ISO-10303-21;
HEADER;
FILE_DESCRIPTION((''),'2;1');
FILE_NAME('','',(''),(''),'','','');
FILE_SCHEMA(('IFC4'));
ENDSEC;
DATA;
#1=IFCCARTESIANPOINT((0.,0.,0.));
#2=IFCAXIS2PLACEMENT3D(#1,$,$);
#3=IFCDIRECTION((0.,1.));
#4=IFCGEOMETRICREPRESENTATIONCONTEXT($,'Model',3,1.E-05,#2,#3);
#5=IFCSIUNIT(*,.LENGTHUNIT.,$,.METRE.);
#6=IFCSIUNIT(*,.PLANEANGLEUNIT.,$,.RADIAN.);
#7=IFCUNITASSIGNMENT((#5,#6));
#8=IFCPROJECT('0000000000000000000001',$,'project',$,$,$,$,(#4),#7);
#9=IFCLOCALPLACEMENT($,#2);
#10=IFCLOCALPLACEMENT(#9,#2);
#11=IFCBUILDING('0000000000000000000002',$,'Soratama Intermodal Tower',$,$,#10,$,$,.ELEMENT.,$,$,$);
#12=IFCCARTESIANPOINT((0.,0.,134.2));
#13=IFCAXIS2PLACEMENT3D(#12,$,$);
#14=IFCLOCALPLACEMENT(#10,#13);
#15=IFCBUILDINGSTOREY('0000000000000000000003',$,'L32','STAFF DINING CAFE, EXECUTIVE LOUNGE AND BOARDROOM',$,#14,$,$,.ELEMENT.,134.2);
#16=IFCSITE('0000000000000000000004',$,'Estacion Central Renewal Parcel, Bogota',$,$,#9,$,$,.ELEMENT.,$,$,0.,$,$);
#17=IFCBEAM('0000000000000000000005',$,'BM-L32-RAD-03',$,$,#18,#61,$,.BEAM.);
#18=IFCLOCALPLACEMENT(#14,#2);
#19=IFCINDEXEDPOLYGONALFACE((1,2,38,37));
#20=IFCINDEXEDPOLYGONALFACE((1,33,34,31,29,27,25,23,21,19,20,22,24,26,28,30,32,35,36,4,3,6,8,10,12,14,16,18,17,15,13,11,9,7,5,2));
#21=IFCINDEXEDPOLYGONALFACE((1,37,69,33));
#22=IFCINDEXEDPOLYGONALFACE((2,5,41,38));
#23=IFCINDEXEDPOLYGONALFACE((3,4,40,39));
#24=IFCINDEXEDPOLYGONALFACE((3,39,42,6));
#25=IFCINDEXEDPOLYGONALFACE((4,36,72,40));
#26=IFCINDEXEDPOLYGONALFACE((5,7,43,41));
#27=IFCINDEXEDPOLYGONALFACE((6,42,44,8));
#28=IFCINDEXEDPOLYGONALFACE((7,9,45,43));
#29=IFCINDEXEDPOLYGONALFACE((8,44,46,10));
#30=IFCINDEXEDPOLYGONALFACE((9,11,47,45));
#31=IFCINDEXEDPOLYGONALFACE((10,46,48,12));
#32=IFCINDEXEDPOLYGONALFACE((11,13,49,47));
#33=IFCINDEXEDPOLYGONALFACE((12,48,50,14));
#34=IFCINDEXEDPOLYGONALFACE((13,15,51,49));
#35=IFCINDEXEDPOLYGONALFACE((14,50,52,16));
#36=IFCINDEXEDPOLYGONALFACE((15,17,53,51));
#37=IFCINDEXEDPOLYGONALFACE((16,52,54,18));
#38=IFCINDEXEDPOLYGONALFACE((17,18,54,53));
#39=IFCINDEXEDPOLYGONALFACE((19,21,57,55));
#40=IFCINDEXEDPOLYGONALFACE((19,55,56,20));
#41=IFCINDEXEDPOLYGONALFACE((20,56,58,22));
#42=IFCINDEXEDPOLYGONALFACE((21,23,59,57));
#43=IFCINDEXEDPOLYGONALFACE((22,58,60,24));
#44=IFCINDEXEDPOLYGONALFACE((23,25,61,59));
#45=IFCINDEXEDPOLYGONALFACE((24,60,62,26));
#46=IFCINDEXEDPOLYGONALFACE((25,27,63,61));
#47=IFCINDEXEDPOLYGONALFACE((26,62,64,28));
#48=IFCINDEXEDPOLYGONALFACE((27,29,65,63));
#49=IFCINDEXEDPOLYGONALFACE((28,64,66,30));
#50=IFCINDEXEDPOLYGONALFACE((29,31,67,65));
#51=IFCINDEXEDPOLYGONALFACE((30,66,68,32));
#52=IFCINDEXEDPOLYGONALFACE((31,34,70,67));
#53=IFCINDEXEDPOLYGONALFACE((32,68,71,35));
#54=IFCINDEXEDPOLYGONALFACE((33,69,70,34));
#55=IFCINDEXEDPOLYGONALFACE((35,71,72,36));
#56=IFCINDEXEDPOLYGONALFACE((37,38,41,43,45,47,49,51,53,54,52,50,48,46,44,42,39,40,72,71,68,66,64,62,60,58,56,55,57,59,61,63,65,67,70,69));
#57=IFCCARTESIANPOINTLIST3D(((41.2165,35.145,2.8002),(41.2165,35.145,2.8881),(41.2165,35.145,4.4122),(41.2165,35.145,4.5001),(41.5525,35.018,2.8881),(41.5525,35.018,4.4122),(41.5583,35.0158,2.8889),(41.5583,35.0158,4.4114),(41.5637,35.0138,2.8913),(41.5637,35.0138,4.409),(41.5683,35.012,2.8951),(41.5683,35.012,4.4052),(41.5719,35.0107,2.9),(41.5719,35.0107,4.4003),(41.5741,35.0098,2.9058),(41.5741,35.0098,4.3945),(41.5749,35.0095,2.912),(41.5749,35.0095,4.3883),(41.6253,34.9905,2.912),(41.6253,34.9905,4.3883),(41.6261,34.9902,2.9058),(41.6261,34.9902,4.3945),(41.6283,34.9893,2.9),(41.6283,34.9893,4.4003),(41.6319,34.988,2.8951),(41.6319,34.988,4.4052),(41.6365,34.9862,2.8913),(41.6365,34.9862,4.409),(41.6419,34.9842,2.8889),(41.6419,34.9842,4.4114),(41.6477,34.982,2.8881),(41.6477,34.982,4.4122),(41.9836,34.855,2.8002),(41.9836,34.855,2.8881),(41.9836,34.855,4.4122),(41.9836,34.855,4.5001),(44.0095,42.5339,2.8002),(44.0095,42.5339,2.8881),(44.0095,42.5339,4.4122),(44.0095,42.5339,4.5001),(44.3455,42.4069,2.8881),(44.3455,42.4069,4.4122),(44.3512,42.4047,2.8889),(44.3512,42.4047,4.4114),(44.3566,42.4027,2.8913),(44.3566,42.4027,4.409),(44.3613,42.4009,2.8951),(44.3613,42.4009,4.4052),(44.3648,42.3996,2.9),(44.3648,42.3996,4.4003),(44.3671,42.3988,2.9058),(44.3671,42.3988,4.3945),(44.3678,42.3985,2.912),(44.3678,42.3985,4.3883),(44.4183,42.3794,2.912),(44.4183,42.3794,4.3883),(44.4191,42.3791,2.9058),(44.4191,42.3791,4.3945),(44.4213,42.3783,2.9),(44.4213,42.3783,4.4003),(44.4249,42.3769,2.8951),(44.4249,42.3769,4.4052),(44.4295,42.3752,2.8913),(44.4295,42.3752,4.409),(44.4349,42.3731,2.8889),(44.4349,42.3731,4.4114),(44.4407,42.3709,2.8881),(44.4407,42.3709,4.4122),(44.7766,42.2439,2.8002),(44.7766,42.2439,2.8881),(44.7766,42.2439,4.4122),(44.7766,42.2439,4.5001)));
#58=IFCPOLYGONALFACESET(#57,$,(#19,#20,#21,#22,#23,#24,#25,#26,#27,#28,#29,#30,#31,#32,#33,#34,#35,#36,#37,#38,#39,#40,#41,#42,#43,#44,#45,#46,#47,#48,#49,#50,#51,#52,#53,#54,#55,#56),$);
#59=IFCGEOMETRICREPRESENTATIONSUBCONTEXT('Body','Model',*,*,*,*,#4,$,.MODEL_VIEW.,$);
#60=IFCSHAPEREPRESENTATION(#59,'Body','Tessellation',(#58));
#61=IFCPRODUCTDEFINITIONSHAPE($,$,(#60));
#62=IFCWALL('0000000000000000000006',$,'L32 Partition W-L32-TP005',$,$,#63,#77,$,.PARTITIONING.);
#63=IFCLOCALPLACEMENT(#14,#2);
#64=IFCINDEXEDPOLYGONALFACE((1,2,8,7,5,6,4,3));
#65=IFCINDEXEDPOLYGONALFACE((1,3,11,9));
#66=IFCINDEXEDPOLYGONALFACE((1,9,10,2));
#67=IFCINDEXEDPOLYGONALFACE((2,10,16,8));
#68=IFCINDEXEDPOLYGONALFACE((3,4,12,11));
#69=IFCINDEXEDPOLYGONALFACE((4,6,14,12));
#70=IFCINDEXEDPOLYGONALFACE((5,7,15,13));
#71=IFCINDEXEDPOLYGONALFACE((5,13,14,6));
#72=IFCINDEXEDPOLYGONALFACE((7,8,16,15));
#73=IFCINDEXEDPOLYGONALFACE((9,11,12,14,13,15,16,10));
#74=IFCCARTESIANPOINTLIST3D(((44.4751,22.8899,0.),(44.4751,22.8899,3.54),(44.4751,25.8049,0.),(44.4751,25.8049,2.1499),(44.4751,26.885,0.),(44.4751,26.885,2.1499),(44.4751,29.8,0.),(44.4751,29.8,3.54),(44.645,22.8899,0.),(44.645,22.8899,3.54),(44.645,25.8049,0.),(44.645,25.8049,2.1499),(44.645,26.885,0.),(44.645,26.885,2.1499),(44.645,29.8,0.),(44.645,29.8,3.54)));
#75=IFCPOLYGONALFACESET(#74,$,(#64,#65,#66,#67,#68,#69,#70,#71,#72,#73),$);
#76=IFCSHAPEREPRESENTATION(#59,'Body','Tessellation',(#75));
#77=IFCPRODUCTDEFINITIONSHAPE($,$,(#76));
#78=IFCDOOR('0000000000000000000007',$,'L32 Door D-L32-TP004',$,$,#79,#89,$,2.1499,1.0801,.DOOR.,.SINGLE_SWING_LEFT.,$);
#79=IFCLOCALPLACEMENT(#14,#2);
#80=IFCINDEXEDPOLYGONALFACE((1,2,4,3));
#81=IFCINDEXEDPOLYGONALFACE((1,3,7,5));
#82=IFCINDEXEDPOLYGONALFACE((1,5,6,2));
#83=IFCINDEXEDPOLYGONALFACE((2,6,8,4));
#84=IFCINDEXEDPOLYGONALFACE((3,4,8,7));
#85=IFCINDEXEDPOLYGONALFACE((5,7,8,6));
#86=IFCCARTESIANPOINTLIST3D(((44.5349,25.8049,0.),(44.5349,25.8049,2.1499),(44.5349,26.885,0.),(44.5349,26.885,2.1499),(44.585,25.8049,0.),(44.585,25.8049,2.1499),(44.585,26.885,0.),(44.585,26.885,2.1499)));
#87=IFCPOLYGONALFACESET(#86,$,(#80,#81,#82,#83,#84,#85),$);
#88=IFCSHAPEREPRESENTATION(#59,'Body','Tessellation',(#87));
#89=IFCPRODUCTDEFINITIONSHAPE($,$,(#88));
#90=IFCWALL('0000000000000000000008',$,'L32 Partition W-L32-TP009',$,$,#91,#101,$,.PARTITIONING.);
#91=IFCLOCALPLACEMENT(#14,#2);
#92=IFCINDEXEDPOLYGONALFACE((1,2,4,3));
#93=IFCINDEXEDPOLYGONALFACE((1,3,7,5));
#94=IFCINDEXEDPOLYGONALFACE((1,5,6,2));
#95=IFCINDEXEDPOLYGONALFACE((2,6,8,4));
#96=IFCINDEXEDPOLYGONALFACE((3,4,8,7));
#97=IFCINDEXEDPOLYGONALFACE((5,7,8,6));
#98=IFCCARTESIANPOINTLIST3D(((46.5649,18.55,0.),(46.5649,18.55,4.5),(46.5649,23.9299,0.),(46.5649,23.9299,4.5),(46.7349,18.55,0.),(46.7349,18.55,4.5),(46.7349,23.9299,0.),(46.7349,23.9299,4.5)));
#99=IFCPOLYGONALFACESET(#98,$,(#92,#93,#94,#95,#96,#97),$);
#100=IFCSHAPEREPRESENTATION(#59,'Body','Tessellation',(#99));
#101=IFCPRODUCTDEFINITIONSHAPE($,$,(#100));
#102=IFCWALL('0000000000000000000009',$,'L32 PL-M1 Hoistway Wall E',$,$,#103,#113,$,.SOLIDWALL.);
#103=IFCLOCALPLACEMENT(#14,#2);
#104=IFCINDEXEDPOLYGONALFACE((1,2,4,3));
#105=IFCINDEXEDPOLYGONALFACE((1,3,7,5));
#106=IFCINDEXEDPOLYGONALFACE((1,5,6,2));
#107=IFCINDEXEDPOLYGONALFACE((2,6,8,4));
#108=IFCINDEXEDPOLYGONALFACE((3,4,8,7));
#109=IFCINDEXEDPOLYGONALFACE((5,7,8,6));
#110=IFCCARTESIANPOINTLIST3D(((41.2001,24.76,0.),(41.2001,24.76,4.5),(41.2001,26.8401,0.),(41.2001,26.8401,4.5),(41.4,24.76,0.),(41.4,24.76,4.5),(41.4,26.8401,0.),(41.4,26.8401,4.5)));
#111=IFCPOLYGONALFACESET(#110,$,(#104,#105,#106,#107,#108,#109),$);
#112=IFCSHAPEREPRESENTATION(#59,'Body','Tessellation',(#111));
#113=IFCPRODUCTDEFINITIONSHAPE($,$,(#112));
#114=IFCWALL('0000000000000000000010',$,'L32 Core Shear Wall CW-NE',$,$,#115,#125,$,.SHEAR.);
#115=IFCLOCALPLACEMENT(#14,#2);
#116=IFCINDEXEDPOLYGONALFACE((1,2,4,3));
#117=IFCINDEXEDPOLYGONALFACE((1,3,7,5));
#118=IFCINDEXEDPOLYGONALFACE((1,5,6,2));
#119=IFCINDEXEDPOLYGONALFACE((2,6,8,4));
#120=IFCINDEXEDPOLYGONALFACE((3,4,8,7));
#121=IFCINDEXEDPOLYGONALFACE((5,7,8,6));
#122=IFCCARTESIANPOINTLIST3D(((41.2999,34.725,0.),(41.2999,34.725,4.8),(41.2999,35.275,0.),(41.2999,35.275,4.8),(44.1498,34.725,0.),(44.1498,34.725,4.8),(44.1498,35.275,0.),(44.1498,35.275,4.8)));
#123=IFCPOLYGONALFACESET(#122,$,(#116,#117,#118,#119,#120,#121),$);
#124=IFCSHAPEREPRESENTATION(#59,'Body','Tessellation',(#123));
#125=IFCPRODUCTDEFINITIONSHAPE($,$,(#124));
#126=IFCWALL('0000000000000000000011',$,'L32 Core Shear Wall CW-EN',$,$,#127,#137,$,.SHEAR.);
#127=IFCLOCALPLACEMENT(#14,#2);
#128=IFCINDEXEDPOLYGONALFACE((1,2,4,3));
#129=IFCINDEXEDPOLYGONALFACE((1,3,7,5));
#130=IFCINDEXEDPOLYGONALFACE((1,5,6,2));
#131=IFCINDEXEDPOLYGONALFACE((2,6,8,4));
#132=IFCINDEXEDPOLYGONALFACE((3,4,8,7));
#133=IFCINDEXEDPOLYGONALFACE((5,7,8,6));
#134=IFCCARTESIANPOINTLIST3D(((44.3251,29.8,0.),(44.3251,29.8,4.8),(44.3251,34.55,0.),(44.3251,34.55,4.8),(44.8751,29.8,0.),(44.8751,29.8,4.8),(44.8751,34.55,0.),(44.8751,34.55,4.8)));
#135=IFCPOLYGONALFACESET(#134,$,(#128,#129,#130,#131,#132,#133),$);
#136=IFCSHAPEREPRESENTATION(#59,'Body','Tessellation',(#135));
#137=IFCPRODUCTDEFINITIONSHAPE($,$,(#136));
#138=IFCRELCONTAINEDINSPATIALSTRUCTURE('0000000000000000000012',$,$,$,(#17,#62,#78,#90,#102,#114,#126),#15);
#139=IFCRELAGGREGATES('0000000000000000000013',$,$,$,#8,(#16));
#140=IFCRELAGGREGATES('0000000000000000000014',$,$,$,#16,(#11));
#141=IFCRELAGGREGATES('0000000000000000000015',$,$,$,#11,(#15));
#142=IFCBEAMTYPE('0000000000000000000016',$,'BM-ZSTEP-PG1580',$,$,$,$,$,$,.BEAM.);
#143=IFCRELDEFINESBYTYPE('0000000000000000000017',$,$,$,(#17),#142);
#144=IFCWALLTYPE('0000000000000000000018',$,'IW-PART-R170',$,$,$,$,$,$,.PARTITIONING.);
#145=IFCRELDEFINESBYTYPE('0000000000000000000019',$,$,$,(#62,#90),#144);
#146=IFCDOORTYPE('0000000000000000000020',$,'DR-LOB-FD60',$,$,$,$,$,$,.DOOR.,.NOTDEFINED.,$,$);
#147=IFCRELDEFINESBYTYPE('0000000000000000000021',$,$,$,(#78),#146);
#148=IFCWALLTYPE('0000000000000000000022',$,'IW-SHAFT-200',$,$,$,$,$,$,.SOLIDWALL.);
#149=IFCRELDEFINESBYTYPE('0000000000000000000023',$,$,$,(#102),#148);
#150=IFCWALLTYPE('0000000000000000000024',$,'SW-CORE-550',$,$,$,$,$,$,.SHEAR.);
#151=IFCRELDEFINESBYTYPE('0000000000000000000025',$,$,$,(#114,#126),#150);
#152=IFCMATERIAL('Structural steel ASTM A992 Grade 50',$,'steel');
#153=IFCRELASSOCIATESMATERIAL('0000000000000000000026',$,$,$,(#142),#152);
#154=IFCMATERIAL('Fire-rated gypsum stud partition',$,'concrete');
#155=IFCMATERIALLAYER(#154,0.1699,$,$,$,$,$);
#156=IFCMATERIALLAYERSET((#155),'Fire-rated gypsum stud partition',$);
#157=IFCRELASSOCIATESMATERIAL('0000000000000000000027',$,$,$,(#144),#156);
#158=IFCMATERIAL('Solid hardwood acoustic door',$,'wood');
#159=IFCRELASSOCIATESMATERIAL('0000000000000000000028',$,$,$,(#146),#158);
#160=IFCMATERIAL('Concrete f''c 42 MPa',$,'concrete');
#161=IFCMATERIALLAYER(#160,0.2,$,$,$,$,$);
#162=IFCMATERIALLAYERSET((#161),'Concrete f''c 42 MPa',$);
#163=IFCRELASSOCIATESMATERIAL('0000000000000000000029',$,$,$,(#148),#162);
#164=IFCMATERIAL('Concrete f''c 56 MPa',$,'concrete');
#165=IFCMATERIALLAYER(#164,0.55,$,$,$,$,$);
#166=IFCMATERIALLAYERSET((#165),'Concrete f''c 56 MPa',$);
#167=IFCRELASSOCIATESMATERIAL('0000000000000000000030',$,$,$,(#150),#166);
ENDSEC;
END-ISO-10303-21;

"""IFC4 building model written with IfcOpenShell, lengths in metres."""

from ifc_helpers import new_model, si_unit, direction, frame, frame_2d, origin, origin_2d, place, context, subcontext, project, spatial, rectangle, i_section, extrude, material, layer, layer_set, material_profile, profile_set, type_object, element, fill, save


model = new_model("IFC4")

# Units and contexts
model_context = context("Model", 3, precision=1e-05, world=origin(), true_north=direction((0.0, 1.0)))
body_context = subcontext(model_context, "Body", "Model", "MODEL_VIEW")
ifc_project = project(units=[si_unit("LENGTHUNIT", "METRE"), si_unit("PLANEANGLEUNIT", "RADIAN")], contexts=[model_context])

# Site, building, storey
site_placement = place(None, origin())
site = spatial("IfcSite", under=ifc_project, at=site_placement, Name="Estacion Central Renewal Parcel, Bogota", CompositionType="ELEMENT", RefElevation=0.0)
building_placement = place(site_placement, origin())
building = spatial("IfcBuilding", under=site, at=building_placement, Name="Soratama Intermodal Tower", CompositionType="ELEMENT")
storey_placement = place(building_placement, frame((0.0, 0.0, 134.2)))
storey = spatial("IfcBuildingStorey", under=building, at=storey_placement, Name="L32", Description="STAFF DINING CAFE, EXECUTIVE LOUNGE AND BOARDROOM", CompositionType="ELEMENT", Elevation=134.2)

# Beam
ifc_material_1 = material(Name="Structural steel ASTM A992 Grade 50", Category="steel")
ifc_material_profile_1 = material_profile(ifc_material_1, i_section(OverallWidth=0.8201, OverallDepth=1.7, WebThickness=0.054, FlangeThickness=0.0879, FilletRadius=0.0239, at=origin_2d()), Name="PG1580X800")
ifc_profile_set_1 = profile_set([ifc_material_profile_1], Name="Structural steel ASTM A992 Grade 50")
beam_type_1 = type_object("IfcBeamType", Name="BM-ZSTEP-PG1580", PredefinedType="BEAM", material=ifc_profile_set_1)
beam_1_placement = place(storey_placement, frame((41.6001, 35.0, 3.6501), z_axis=(0.353578, 0.935405, 0.0), x_axis=(-0.935405, 0.353578, 0.0)))
element("IfcBeam", 1, at=beam_1_placement, inside=storey, type_object=beam_type_1, Name="BM-L32-RAD-03", PredefinedType="BEAM", context=body_context, shape_type="SweptSolid", body=[
    extrude(i_section(OverallWidth=0.8201, OverallDepth=1.7, WebThickness=0.054, FlangeThickness=0.0879, FilletRadius=0.0239, at=origin_2d()), origin(), (0.0, 0.0, 1.0), 7.8992),
])

# Wall, opening, door
ifc_material_2 = material(Name="Fire-rated gypsum stud partition", Category="concrete")
ifc_layer_1 = layer(ifc_material_2, 0.1699)
ifc_layer_set_1 = layer_set([ifc_layer_1], Name="Fire-rated gypsum stud partition")
wall_type_1 = type_object("IfcWallType", Name="IW-PART-R170", PredefinedType="PARTITIONING", material=ifc_layer_set_1)
wall_1_placement = place(storey_placement, frame((44.5601, 29.8, 0.0), z_axis=(0.0, 0.0, 1.0), x_axis=(0.0, -1.0, 0.0)))
wall_1 = element("IfcWall", 2, at=wall_1_placement, inside=storey, type_object=wall_type_1, Name="L32 Partition W-L32-TP005", PredefinedType="PARTITIONING", context=body_context, shape_type="SweptSolid", body=[
    extrude(rectangle(XDim=6.9102, YDim=0.1699, at=frame_2d((3.4551, 0.0))), origin(), (0.0, 0.0, 1.0), 3.54),
])
opening_1_placement = place(wall_1_placement, frame((2.915, 0.0, 0.0)))
opening_1 = element("IfcOpeningElement", 3, at=opening_1_placement, cuts=wall_1, PredefinedType="OPENING", context=body_context, shape_type="SweptSolid", body=[
    extrude(rectangle(XDim=1.0801, YDim=2.1499, at=frame_2d((0.54, 1.075))), frame((0.0, 0.095, 0.0), z_axis=(0.0, -1.0, 0.0), x_axis=(1.0, 0.0, 0.0)), (0.0, 0.0, 1.0), 0.1899),
])
ifc_material_3 = material(Name="Solid hardwood acoustic door", Category="wood")
door_type_1 = type_object("IfcDoorType", Name="DR-LOB-FD60", OperationType="NOTDEFINED", PredefinedType="DOOR", material=ifc_material_3)
door_1_placement = place(opening_1_placement, origin())
door_1 = element("IfcDoor", 4, at=door_1_placement, inside=storey, type_object=door_type_1, Name="L32 Door D-L32-TP004", OperationType="SINGLE_SWING_LEFT", OverallHeight=2.1499, OverallWidth=1.0801, PredefinedType="DOOR", context=body_context, shape_type="SweptSolid", body=[
    extrude(rectangle(XDim=1.0801, YDim=2.1499, at=frame_2d((0.54, 1.075))), frame((0.0, 0.0249, 0.0), z_axis=(0.0, -1.0, 0.0), x_axis=(1.0, 0.0, 0.0)), (0.0, 0.0, 1.0), 0.05),
])
fill(opening_1, door_1)

# Wall
wall_2_placement = place(storey_placement, frame((46.6499, 23.9299, 0.0), z_axis=(0.0, 0.0, 1.0), x_axis=(0.0, -1.0, 0.0)))
element("IfcWall", 5, at=wall_2_placement, inside=storey, type_object=wall_type_1, Name="L32 Partition W-L32-TP009", PredefinedType="PARTITIONING", context=body_context, shape_type="SweptSolid", body=[
    extrude(rectangle(XDim=5.3799, YDim=0.1699, at=frame_2d((2.6899, 0.0))), origin(), (0.0, 0.0, 1.0), 4.5),
])

# Walls
ifc_material_4 = material(Name="Concrete f'c 42 MPa", Category="concrete")
ifc_layer_2 = layer(ifc_material_4, 0.2)
ifc_layer_set_2 = layer_set([ifc_layer_2], Name="Concrete f'c 42 MPa")
wall_type_2 = type_object("IfcWallType", Name="IW-SHAFT-200", PredefinedType="SOLIDWALL", material=ifc_layer_set_2)
wall_3_placement = place(storey_placement, frame((41.3, 24.76, 0.0), z_axis=(0.0, 0.0, 1.0), x_axis=(0.0, 1.0, 0.0)))
element("IfcWall", 6, at=wall_3_placement, inside=storey, type_object=wall_type_2, Name="L32 PL-M1 Hoistway Wall E", PredefinedType="SOLIDWALL", context=body_context, shape_type="SweptSolid", body=[
    extrude(rectangle(XDim=2.0801, YDim=0.2, at=frame_2d((1.04, 0.0))), origin(), (0.0, 0.0, 1.0), 4.5),
])
ifc_material_5 = material(Name="Concrete f'c 56 MPa", Category="concrete")
ifc_layer_3 = layer(ifc_material_5, 0.55)
ifc_layer_set_3 = layer_set([ifc_layer_3], Name="Concrete f'c 56 MPa")
wall_type_3 = type_object("IfcWallType", Name="SW-CORE-550", PredefinedType="SHEAR", material=ifc_layer_set_3)
wall_4_placement = place(storey_placement, frame((41.3, 35.0, 0.0), z_axis=(0.0, 0.0, 1.0), x_axis=(1.0, 0.0, 0.0)))
element("IfcWall", 7, at=wall_4_placement, inside=storey, type_object=wall_type_3, Name="L32 Core Shear Wall CW-NE", PredefinedType="SHEAR", context=body_context, shape_type="SweptSolid", body=[
    extrude(rectangle(XDim=2.8499, YDim=0.55, at=frame_2d((1.4248, 0.0))), origin(), (0.0, 0.0, 1.0), 4.8),
])
wall_5_placement = place(storey_placement, frame((44.6001, 29.8, 0.0), z_axis=(0.0, 0.0, 1.0), x_axis=(0.0, 1.0, 0.0)))
element("IfcWall", 8, at=wall_5_placement, inside=storey, type_object=wall_type_3, Name="L32 Core Shear Wall CW-EN", PredefinedType="SHEAR", context=body_context, shape_type="SweptSolid", body=[
    extrude(rectangle(XDim=4.75, YDim=0.55, at=frame_2d((2.375, 0.0))), origin(), (0.0, 0.0, 1.0), 4.8),
])

save(model, "model.ifc")
